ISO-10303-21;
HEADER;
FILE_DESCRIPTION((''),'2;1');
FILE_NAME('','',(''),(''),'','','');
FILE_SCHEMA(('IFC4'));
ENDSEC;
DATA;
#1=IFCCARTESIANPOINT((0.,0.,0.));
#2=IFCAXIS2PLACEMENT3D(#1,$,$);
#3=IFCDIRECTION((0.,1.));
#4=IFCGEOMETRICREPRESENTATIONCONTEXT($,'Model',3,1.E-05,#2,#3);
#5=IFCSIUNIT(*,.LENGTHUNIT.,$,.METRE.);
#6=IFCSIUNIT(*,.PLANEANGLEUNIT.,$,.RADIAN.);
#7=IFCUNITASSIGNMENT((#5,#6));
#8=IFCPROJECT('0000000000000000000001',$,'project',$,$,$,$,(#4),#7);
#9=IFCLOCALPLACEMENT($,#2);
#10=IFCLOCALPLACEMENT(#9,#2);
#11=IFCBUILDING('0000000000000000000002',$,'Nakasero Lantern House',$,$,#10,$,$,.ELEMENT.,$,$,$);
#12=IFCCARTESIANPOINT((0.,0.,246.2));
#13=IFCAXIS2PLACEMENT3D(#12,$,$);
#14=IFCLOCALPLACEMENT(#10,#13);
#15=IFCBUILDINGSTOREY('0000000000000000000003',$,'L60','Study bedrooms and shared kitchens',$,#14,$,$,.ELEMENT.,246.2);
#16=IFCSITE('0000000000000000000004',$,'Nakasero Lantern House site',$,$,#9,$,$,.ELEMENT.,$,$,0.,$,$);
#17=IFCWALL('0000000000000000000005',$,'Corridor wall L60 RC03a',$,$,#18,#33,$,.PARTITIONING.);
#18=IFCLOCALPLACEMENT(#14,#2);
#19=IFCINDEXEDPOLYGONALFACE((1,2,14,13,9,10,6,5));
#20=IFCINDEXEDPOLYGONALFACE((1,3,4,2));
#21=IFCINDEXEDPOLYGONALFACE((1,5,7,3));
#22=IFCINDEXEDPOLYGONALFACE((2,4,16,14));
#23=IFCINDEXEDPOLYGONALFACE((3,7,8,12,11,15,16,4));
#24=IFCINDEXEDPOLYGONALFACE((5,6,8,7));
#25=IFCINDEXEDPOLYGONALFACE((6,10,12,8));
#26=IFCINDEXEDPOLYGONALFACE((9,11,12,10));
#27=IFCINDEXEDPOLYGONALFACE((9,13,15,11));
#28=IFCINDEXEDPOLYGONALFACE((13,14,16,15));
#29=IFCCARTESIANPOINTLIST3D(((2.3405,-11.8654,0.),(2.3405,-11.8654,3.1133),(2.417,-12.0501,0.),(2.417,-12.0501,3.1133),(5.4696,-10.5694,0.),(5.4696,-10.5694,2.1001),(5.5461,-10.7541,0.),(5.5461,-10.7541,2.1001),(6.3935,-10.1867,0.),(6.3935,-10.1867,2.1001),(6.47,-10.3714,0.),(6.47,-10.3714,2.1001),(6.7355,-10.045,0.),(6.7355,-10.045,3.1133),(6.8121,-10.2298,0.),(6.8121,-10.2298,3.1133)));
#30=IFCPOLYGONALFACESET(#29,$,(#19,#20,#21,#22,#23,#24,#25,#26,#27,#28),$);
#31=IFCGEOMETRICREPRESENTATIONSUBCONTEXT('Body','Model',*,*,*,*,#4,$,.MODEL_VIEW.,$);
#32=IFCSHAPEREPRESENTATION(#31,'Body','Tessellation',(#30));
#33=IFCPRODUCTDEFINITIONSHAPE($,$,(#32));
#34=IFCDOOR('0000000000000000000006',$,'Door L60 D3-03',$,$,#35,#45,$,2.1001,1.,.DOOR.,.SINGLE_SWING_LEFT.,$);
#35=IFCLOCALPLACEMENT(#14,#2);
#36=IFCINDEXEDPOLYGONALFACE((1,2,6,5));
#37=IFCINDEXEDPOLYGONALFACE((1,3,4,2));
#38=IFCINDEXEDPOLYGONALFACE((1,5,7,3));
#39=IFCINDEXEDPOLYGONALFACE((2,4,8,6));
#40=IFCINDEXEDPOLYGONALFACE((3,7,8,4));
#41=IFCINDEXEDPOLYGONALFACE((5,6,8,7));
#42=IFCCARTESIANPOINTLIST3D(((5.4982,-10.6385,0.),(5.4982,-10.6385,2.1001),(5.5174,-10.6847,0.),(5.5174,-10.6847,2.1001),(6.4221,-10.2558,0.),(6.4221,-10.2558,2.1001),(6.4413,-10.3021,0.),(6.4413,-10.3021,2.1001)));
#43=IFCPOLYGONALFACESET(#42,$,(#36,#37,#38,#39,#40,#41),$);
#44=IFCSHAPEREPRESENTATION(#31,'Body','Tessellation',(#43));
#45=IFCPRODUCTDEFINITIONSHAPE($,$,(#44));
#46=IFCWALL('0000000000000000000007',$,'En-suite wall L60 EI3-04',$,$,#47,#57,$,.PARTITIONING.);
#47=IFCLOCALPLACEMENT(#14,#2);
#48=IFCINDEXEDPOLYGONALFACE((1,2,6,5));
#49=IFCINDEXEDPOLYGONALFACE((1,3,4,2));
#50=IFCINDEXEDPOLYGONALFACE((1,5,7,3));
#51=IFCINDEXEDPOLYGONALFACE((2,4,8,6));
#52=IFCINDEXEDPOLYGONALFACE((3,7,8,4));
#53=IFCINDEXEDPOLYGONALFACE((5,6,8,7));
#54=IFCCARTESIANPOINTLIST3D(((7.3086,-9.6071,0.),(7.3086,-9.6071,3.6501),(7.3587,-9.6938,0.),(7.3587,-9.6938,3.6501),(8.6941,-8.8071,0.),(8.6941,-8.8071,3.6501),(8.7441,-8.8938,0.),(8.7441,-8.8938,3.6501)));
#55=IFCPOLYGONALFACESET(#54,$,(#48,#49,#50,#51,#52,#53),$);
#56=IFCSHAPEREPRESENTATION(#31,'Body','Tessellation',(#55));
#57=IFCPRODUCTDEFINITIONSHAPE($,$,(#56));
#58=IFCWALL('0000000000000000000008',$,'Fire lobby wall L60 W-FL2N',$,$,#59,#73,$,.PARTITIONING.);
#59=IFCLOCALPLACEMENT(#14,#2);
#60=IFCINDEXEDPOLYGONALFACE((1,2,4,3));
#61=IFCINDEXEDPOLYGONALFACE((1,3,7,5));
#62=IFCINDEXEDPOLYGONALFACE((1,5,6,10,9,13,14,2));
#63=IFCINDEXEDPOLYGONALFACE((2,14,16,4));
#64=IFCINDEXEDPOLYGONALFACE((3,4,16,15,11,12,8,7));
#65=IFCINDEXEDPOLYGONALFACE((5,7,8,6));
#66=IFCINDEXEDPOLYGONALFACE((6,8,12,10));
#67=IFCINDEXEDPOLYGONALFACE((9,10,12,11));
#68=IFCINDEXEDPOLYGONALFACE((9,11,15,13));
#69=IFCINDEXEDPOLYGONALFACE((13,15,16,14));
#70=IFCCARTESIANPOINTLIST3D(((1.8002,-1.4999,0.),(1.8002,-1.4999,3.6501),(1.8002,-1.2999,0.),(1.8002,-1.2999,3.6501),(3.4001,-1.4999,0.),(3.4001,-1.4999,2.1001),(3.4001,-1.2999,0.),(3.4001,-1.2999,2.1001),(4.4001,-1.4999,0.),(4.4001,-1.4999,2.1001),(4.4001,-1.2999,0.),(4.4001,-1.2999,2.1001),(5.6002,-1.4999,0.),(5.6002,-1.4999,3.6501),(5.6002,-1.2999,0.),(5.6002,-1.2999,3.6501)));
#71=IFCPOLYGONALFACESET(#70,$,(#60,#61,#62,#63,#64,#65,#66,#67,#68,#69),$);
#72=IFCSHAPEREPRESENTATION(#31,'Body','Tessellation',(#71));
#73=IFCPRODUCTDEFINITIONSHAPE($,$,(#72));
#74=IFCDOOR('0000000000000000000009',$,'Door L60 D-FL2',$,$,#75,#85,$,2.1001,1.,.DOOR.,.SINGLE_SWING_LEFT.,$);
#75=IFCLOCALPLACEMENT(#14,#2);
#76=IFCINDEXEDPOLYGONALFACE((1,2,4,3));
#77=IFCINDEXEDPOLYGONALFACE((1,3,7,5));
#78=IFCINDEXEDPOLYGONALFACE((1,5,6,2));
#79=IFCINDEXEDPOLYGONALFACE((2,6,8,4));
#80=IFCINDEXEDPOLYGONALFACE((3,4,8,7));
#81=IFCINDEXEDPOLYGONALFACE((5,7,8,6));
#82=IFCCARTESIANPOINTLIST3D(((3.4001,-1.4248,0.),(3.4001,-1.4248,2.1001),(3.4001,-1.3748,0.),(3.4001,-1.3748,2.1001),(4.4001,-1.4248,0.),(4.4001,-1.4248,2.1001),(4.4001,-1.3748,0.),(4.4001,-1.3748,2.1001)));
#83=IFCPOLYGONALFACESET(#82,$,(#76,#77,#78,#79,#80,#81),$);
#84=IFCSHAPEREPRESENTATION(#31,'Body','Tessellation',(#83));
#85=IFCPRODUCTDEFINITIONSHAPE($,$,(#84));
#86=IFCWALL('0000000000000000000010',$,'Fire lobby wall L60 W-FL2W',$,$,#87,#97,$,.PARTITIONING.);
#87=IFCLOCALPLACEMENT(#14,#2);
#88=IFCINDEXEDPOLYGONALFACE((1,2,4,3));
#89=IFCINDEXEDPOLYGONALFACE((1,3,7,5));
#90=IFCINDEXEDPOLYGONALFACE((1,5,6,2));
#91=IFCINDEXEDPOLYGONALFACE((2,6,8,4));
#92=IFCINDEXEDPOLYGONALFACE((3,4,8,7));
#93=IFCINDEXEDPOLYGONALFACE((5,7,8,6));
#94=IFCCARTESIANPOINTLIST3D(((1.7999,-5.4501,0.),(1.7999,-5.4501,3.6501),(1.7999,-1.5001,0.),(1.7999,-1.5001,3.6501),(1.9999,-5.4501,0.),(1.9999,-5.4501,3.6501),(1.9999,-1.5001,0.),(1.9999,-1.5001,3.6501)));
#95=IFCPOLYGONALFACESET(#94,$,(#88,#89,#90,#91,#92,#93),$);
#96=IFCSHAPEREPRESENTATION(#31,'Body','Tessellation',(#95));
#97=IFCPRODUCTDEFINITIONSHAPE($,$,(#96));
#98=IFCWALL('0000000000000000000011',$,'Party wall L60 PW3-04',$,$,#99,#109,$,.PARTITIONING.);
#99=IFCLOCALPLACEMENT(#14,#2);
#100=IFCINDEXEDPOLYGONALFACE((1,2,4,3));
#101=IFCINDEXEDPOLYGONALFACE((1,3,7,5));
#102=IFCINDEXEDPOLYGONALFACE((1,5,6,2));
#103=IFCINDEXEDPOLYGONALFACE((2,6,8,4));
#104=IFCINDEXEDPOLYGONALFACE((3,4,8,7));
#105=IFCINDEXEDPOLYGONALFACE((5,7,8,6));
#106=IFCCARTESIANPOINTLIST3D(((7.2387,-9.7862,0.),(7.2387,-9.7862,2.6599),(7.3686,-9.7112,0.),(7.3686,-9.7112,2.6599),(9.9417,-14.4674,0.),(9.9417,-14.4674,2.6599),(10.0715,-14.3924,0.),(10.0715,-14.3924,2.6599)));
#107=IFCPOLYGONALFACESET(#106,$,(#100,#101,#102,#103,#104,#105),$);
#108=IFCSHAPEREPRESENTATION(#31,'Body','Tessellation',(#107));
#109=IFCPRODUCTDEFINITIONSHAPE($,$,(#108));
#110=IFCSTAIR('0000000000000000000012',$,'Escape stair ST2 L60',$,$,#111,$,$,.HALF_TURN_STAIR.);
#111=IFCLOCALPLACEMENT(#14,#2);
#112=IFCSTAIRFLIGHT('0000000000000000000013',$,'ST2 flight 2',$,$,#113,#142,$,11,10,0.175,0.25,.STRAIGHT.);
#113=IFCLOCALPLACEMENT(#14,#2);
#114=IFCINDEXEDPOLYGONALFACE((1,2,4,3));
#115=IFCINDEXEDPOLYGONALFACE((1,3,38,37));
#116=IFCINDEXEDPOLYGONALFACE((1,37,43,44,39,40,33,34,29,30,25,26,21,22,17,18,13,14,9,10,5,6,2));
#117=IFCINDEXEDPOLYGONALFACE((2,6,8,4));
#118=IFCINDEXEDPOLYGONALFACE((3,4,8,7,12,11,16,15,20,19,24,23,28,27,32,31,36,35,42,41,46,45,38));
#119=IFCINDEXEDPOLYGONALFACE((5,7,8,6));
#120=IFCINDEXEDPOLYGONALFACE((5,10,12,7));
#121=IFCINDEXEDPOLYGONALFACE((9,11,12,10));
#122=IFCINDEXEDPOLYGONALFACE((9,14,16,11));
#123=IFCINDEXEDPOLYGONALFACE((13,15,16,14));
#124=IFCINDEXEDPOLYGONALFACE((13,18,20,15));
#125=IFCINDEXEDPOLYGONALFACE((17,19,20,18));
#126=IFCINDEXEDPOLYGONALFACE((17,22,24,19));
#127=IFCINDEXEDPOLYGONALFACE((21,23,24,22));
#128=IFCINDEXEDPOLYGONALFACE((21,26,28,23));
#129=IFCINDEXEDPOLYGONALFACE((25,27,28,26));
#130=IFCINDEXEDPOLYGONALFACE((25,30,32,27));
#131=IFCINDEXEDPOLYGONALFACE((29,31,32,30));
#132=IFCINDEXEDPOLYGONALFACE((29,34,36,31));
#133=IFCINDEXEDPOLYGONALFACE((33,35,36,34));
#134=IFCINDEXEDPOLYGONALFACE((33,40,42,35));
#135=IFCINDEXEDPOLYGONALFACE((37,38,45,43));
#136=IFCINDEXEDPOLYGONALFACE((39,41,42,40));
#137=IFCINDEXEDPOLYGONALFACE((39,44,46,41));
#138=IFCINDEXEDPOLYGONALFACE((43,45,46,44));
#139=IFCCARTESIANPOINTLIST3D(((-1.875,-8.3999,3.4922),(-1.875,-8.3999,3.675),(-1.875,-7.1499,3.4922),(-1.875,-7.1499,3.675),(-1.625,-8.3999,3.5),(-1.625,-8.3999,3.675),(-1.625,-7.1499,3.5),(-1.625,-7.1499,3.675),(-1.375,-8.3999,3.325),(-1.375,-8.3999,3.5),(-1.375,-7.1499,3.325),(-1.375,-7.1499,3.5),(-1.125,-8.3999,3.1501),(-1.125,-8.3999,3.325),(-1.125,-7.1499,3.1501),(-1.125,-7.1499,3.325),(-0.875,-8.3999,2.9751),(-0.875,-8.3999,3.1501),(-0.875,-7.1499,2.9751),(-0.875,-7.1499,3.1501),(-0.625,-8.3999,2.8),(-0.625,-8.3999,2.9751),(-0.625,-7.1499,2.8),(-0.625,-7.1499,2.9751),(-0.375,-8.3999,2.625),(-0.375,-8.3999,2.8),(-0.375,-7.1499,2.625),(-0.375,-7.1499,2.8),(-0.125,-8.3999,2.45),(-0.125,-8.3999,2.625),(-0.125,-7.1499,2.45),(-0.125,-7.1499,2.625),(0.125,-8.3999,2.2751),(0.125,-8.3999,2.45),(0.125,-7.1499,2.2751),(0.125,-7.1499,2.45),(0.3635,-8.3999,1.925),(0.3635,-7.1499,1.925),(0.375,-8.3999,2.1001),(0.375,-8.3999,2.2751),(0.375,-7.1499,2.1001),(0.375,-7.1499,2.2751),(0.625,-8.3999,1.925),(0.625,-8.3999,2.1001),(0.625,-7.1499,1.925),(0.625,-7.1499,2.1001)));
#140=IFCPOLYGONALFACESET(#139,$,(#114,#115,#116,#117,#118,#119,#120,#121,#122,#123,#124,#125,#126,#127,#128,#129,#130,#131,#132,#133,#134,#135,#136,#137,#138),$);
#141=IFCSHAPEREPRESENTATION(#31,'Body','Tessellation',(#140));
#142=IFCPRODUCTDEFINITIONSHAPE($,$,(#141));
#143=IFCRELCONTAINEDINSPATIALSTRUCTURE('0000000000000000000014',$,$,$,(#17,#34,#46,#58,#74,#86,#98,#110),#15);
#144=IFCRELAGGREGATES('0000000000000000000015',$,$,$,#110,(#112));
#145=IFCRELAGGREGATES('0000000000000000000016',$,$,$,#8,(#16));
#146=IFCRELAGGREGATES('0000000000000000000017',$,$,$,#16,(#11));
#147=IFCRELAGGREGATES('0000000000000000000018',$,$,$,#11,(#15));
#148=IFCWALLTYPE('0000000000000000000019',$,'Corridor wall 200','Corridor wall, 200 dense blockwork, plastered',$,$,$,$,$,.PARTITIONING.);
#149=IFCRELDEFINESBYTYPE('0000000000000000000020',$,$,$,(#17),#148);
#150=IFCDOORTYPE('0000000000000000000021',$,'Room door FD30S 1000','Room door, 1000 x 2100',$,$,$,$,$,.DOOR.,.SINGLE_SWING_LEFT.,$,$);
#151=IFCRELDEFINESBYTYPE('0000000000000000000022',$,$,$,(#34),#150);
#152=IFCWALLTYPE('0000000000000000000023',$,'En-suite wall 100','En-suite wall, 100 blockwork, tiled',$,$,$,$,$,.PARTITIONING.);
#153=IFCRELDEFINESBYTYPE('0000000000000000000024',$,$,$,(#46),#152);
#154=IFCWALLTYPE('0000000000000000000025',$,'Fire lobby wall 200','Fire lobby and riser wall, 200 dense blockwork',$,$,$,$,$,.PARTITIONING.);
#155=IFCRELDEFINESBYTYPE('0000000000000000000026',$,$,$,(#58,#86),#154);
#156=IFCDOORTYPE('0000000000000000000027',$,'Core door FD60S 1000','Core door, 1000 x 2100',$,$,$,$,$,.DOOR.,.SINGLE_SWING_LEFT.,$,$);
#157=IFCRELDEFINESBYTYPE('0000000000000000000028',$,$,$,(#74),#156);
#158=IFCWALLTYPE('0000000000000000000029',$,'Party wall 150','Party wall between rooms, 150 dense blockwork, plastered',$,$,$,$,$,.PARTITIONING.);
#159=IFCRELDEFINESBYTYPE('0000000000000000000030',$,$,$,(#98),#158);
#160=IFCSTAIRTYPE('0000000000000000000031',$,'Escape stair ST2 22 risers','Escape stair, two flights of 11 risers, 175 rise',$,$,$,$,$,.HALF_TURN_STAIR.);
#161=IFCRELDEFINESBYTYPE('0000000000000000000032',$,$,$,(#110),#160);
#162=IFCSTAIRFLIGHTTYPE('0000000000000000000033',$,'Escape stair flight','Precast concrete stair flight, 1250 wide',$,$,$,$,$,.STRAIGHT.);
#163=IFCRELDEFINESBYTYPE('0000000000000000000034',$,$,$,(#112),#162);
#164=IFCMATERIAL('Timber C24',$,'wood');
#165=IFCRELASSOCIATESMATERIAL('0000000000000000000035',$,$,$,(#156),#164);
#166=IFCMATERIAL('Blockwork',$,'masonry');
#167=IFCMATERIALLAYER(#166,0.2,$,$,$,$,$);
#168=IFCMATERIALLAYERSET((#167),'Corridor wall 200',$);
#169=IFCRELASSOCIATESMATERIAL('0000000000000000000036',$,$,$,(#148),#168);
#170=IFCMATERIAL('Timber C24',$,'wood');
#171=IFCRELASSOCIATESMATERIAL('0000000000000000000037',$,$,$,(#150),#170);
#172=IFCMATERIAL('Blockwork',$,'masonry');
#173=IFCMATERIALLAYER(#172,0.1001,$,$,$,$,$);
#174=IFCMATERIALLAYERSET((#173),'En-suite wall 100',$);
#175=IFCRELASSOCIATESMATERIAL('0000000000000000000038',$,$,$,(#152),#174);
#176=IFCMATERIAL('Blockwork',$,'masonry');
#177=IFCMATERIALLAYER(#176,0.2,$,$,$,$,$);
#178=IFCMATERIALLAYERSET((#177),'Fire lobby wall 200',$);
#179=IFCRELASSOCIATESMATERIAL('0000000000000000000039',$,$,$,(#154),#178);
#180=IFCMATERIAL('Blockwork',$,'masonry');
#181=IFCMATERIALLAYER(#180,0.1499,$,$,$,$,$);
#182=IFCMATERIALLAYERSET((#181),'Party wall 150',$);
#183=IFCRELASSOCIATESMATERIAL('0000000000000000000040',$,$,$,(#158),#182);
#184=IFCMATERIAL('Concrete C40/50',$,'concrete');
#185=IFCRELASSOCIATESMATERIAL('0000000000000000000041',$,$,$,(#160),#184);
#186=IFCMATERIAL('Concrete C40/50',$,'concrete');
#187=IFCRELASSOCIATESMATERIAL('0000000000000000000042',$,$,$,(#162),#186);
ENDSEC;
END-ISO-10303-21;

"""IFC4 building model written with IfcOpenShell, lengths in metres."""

from ifc_helpers import new_model, si_unit, direction, frame, frame_2d, origin, place, context, subcontext, project, spatial, polyline, rectangle, outline, extrude, material, layer, layer_set, type_object, element, fill, aggregate, save


model = new_model("IFC4")

# Units and contexts
model_context = context("Model", 3, precision=1e-05, world=origin(), true_north=direction((0.0, 1.0)))
body_context = subcontext(model_context, "Body", "Model", "MODEL_VIEW")
ifc_project = project(units=[si_unit("LENGTHUNIT", "METRE"), si_unit("PLANEANGLEUNIT", "RADIAN")], contexts=[model_context])

# Site, building, storey
site_placement = place(None, origin())
site = spatial("IfcSite", under=ifc_project, at=site_placement, Name="Nakasero Lantern House site", CompositionType="ELEMENT", RefElevation=0.0)
building_placement = place(site_placement, origin())
building = spatial("IfcBuilding", under=site, at=building_placement, Name="Nakasero Lantern House", CompositionType="ELEMENT")
storey_placement = place(building_placement, frame((0.0, 0.0, 246.2)))
storey = spatial("IfcBuildingStorey", under=building, at=storey_placement, Name="L60", Description="Study bedrooms and shared kitchens", CompositionType="ELEMENT", Elevation=246.2)

# Shared definitions
ifc_material_1 = material(Name="Timber C24", Category="wood")
door_type_1 = type_object("IfcDoorType", Name="Core door FD60S 1000", Description="Core door, 1000 x 2100", OperationType="SINGLE_SWING_LEFT", PredefinedType="DOOR", material=ifc_material_1)

# Wall, opening, door
ifc_material_2 = material(Name="Blockwork", Category="masonry")
ifc_layer_1 = layer(ifc_material_2, 0.2)
ifc_layer_set_1 = layer_set([ifc_layer_1], Name="Corridor wall 200")
wall_type_1 = type_object("IfcWallType", Name="Corridor wall 200", Description="Corridor wall, 200 dense blockwork, plastered", PredefinedType="PARTITIONING", material=ifc_layer_set_1)
wall_1_placement = place(storey_placement, frame((6.7737, -10.1375, 0.0), z_axis=(0.0, 0.0, 1.0), x_axis=(-0.923892, -0.382654, 0.0)))
wall_1 = element("IfcWall", 1, at=wall_1_placement, inside=storey, type_object=wall_type_1, Name="Corridor wall L60 RC03a", PredefinedType="PARTITIONING", context=body_context, shape_type="SweptSolid", body=[
    extrude(rectangle(XDim=4.7571, YDim=0.2, at=frame_2d((2.3784, 0.0))), origin(), (0.0, 0.0, 1.0), 3.1133),
])
opening_1_placement = place(wall_1_placement, frame((0.3701, 0.0, 0.0)))
opening_1 = element("IfcOpeningElement", 2, at=opening_1_placement, cuts=wall_1, PredefinedType="OPENING", context=body_context, shape_type="SweptSolid", body=[
    extrude(rectangle(XDim=1.0, YDim=2.1001, at=frame_2d((0.5, 1.05))), frame((0.0, 0.1199, 0.0), z_axis=(0.0, -1.0, 0.0), x_axis=(1.0, 0.0, 0.0)), (0.0, 0.0, 1.0), 0.24),
])
ifc_material_3 = material(Name="Timber C24", Category="wood")
door_type_2 = type_object("IfcDoorType", Name="Room door FD30S 1000", Description="Room door, 1000 x 2100", OperationType="SINGLE_SWING_LEFT", PredefinedType="DOOR", material=ifc_material_3)
door_1_placement = place(opening_1_placement, origin())
door_1 = element("IfcDoor", 3, at=door_1_placement, inside=storey, type_object=door_type_2, Name="Door L60 D3-03", OperationType="SINGLE_SWING_LEFT", OverallHeight=2.1001, OverallWidth=1.0, PredefinedType="DOOR", context=body_context, shape_type="SweptSolid", body=[
    extrude(rectangle(XDim=1.0, YDim=2.1001, at=frame_2d((0.5, 1.05))), frame((0.0, 0.0249, 0.0), z_axis=(0.0, -1.0, 0.0), x_axis=(1.0, 0.0, 0.0)), (0.0, 0.0, 1.0), 0.05),
])
fill(opening_1, door_1)

# Wall
ifc_material_4 = material(Name="Blockwork", Category="masonry")
ifc_layer_2 = layer(ifc_material_4, 0.1001)
ifc_layer_set_2 = layer_set([ifc_layer_2], Name="En-suite wall 100")
wall_type_2 = type_object("IfcWallType", Name="En-suite wall 100", Description="En-suite wall, 100 blockwork, tiled", PredefinedType="PARTITIONING", material=ifc_layer_set_2)
wall_2_placement = place(storey_placement, frame((7.3337, -9.6504, 0.0), z_axis=(0.0, 0.0, 1.0), x_axis=(0.86599, 0.500061, 0.0)))
element("IfcWall", 4, at=wall_2_placement, inside=storey, type_object=wall_type_2, Name="En-suite wall L60 EI3-04", PredefinedType="PARTITIONING", context=body_context, shape_type="SweptSolid", body=[
    extrude(rectangle(XDim=1.5999, YDim=0.1001, at=frame_2d((0.7998, 0.0))), origin(), (0.0, 0.0, 1.0), 3.6501),
])

# Wall, opening, door
ifc_material_5 = material(Name="Blockwork", Category="masonry")
ifc_layer_3 = layer(ifc_material_5, 0.2)
ifc_layer_set_3 = layer_set([ifc_layer_3], Name="Fire lobby wall 200")
wall_type_3 = type_object("IfcWallType", Name="Fire lobby wall 200", Description="Fire lobby and riser wall, 200 dense blockwork", PredefinedType="PARTITIONING", material=ifc_layer_set_3)
wall_3_placement = place(storey_placement, frame((5.6001, -1.3999, 0.0), z_axis=(0.0, 0.0, 1.0), x_axis=(-1.0, 0.0, 0.0)))
wall_3 = element("IfcWall", 5, at=wall_3_placement, inside=storey, type_object=wall_type_3, Name="Fire lobby wall L60 W-FL2N", PredefinedType="PARTITIONING", context=body_context, shape_type="SweptSolid", body=[
    extrude(rectangle(XDim=3.8, YDim=0.2, at=frame_2d((1.8999, 0.0))), origin(), (0.0, 0.0, 1.0), 3.6501),
])
opening_2_placement = place(wall_3_placement, frame((1.2, 0.0, 0.0)))
opening_2 = element("IfcOpeningElement", 6, at=opening_2_placement, cuts=wall_3, PredefinedType="OPENING", context=body_context, shape_type="SweptSolid", body=[
    extrude(rectangle(XDim=1.0, YDim=2.1001, at=frame_2d((0.5, 1.05))), frame((0.0, 0.1199, 0.0), z_axis=(0.0, -1.0, 0.0), x_axis=(1.0, 0.0, 0.0)), (0.0, 0.0, 1.0), 0.24),
])
door_2_placement = place(opening_2_placement, origin())
door_2 = element("IfcDoor", 7, at=door_2_placement, inside=storey, type_object=door_type_1, Name="Door L60 D-FL2", OperationType="SINGLE_SWING_LEFT", OverallHeight=2.1001, OverallWidth=1.0, PredefinedType="DOOR", context=body_context, shape_type="SweptSolid", body=[
    extrude(rectangle(XDim=1.0, YDim=2.1001, at=frame_2d((0.5, 1.05))), frame((0.0, 0.0249, 0.0), z_axis=(0.0, -1.0, 0.0), x_axis=(1.0, 0.0, 0.0)), (0.0, 0.0, 1.0), 0.05),
])
fill(opening_2, door_2)

# Walls
wall_4_placement = place(storey_placement, frame((1.8999, -1.5, 0.0), z_axis=(0.0, 0.0, 1.0), x_axis=(0.0, -1.0, 0.0)))
element("IfcWall", 8, at=wall_4_placement, inside=storey, type_object=wall_type_3, Name="Fire lobby wall L60 W-FL2W", PredefinedType="PARTITIONING", context=body_context, shape_type="SweptSolid", body=[
    extrude(rectangle(XDim=3.95, YDim=0.2, at=frame_2d((1.9751, 0.0))), origin(), (0.0, 0.0, 1.0), 3.6501),
])
ifc_material_6 = material(Name="Blockwork", Category="masonry")
ifc_layer_4 = layer(ifc_material_6, 0.1499)
ifc_layer_set_4 = layer_set([ifc_layer_4], Name="Party wall 150")
wall_type_4 = type_object("IfcWallType", Name="Party wall 150", Description="Party wall between rooms, 150 dense blockwork, plastered", PredefinedType="PARTITIONING", material=ifc_layer_set_4)
wall_5_placement = place(storey_placement, frame((7.3037, -9.7488, 0.0), z_axis=(0.0, 0.0, 1.0), x_axis=(0.50003, -0.866008, 0.0)))
element("IfcWall", 9, at=wall_5_placement, inside=storey, type_object=wall_type_4, Name="Party wall L60 PW3-04", PredefinedType="PARTITIONING", context=body_context, shape_type="SweptSolid", body=[
    extrude(rectangle(XDim=5.4055, YDim=0.1499, at=frame_2d((2.7026, 0.0))), origin(), (0.0, 0.0, 1.0), 2.6599),
])

# Stair, stair flight
ifc_material_7 = material(Name="Concrete C40/50", Category="concrete")
stair_type_1 = type_object("IfcStairType", Name="Escape stair ST2 22 risers", Description="Escape stair, two flights of 11 risers, 175 rise", PredefinedType="HALF_TURN_STAIR", material=ifc_material_7)
stair_1_placement = place(storey_placement, origin())
stair_1 = element("IfcStair", 10, at=stair_1_placement, inside=storey, type_object=stair_type_1, Name="Escape stair ST2 L60", PredefinedType="HALF_TURN_STAIR")
ifc_material_8 = material(Name="Concrete C40/50", Category="concrete")
stair_flight_type = type_object("IfcStairFlightType", Name="Escape stair flight", Description="Precast concrete stair flight, 1250 wide", PredefinedType="STRAIGHT", material=ifc_material_8)
stair_flight_placement = place(storey_placement, frame((0.625, -7.7749, 1.925), z_axis=(0.0, 0.0, 1.0), x_axis=(-1.0, 0.0, 0.0)))
stair_flight = element("IfcStairFlight", 11, at=stair_flight_placement, type_object=stair_flight_type, Name="ST2 flight 2", NumberOfRisers=11, NumberOfTreads=10, PredefinedType="STRAIGHT", RiserHeight=0.175, TreadLength=0.25, context=body_context, shape_type="SweptSolid", body=[
    extrude(outline(polyline([(0.0, 0.0), (0.0, 0.175), (0.25, 0.175), (0.25, 0.3501), (0.5, 0.3501), (0.5, 0.5249), (0.75, 0.5249), (0.75, 0.7), (1.0, 0.7), (1.0, 0.875), (1.25, 0.875), (1.25, 1.05), (1.5, 1.05), (1.5, 1.2251), (1.75, 1.2251), (1.75, 1.3999), (2.0, 1.3999), (2.0, 1.575), (2.25, 1.575), (2.25, 1.75), (2.5, 1.75), (2.5, 1.925), (2.5, 1.5671), (0.2615, 0.0), (0.0, 0.0)])), frame((0.0, 0.625, 0.0), z_axis=(0.0, -1.0, 0.0), x_axis=(1.0, 0.0, 0.0)), (0.0, 0.0, 1.0), 1.25),
])
aggregate(stair_1, [stair_flight])

save(model, "model.ifc")
